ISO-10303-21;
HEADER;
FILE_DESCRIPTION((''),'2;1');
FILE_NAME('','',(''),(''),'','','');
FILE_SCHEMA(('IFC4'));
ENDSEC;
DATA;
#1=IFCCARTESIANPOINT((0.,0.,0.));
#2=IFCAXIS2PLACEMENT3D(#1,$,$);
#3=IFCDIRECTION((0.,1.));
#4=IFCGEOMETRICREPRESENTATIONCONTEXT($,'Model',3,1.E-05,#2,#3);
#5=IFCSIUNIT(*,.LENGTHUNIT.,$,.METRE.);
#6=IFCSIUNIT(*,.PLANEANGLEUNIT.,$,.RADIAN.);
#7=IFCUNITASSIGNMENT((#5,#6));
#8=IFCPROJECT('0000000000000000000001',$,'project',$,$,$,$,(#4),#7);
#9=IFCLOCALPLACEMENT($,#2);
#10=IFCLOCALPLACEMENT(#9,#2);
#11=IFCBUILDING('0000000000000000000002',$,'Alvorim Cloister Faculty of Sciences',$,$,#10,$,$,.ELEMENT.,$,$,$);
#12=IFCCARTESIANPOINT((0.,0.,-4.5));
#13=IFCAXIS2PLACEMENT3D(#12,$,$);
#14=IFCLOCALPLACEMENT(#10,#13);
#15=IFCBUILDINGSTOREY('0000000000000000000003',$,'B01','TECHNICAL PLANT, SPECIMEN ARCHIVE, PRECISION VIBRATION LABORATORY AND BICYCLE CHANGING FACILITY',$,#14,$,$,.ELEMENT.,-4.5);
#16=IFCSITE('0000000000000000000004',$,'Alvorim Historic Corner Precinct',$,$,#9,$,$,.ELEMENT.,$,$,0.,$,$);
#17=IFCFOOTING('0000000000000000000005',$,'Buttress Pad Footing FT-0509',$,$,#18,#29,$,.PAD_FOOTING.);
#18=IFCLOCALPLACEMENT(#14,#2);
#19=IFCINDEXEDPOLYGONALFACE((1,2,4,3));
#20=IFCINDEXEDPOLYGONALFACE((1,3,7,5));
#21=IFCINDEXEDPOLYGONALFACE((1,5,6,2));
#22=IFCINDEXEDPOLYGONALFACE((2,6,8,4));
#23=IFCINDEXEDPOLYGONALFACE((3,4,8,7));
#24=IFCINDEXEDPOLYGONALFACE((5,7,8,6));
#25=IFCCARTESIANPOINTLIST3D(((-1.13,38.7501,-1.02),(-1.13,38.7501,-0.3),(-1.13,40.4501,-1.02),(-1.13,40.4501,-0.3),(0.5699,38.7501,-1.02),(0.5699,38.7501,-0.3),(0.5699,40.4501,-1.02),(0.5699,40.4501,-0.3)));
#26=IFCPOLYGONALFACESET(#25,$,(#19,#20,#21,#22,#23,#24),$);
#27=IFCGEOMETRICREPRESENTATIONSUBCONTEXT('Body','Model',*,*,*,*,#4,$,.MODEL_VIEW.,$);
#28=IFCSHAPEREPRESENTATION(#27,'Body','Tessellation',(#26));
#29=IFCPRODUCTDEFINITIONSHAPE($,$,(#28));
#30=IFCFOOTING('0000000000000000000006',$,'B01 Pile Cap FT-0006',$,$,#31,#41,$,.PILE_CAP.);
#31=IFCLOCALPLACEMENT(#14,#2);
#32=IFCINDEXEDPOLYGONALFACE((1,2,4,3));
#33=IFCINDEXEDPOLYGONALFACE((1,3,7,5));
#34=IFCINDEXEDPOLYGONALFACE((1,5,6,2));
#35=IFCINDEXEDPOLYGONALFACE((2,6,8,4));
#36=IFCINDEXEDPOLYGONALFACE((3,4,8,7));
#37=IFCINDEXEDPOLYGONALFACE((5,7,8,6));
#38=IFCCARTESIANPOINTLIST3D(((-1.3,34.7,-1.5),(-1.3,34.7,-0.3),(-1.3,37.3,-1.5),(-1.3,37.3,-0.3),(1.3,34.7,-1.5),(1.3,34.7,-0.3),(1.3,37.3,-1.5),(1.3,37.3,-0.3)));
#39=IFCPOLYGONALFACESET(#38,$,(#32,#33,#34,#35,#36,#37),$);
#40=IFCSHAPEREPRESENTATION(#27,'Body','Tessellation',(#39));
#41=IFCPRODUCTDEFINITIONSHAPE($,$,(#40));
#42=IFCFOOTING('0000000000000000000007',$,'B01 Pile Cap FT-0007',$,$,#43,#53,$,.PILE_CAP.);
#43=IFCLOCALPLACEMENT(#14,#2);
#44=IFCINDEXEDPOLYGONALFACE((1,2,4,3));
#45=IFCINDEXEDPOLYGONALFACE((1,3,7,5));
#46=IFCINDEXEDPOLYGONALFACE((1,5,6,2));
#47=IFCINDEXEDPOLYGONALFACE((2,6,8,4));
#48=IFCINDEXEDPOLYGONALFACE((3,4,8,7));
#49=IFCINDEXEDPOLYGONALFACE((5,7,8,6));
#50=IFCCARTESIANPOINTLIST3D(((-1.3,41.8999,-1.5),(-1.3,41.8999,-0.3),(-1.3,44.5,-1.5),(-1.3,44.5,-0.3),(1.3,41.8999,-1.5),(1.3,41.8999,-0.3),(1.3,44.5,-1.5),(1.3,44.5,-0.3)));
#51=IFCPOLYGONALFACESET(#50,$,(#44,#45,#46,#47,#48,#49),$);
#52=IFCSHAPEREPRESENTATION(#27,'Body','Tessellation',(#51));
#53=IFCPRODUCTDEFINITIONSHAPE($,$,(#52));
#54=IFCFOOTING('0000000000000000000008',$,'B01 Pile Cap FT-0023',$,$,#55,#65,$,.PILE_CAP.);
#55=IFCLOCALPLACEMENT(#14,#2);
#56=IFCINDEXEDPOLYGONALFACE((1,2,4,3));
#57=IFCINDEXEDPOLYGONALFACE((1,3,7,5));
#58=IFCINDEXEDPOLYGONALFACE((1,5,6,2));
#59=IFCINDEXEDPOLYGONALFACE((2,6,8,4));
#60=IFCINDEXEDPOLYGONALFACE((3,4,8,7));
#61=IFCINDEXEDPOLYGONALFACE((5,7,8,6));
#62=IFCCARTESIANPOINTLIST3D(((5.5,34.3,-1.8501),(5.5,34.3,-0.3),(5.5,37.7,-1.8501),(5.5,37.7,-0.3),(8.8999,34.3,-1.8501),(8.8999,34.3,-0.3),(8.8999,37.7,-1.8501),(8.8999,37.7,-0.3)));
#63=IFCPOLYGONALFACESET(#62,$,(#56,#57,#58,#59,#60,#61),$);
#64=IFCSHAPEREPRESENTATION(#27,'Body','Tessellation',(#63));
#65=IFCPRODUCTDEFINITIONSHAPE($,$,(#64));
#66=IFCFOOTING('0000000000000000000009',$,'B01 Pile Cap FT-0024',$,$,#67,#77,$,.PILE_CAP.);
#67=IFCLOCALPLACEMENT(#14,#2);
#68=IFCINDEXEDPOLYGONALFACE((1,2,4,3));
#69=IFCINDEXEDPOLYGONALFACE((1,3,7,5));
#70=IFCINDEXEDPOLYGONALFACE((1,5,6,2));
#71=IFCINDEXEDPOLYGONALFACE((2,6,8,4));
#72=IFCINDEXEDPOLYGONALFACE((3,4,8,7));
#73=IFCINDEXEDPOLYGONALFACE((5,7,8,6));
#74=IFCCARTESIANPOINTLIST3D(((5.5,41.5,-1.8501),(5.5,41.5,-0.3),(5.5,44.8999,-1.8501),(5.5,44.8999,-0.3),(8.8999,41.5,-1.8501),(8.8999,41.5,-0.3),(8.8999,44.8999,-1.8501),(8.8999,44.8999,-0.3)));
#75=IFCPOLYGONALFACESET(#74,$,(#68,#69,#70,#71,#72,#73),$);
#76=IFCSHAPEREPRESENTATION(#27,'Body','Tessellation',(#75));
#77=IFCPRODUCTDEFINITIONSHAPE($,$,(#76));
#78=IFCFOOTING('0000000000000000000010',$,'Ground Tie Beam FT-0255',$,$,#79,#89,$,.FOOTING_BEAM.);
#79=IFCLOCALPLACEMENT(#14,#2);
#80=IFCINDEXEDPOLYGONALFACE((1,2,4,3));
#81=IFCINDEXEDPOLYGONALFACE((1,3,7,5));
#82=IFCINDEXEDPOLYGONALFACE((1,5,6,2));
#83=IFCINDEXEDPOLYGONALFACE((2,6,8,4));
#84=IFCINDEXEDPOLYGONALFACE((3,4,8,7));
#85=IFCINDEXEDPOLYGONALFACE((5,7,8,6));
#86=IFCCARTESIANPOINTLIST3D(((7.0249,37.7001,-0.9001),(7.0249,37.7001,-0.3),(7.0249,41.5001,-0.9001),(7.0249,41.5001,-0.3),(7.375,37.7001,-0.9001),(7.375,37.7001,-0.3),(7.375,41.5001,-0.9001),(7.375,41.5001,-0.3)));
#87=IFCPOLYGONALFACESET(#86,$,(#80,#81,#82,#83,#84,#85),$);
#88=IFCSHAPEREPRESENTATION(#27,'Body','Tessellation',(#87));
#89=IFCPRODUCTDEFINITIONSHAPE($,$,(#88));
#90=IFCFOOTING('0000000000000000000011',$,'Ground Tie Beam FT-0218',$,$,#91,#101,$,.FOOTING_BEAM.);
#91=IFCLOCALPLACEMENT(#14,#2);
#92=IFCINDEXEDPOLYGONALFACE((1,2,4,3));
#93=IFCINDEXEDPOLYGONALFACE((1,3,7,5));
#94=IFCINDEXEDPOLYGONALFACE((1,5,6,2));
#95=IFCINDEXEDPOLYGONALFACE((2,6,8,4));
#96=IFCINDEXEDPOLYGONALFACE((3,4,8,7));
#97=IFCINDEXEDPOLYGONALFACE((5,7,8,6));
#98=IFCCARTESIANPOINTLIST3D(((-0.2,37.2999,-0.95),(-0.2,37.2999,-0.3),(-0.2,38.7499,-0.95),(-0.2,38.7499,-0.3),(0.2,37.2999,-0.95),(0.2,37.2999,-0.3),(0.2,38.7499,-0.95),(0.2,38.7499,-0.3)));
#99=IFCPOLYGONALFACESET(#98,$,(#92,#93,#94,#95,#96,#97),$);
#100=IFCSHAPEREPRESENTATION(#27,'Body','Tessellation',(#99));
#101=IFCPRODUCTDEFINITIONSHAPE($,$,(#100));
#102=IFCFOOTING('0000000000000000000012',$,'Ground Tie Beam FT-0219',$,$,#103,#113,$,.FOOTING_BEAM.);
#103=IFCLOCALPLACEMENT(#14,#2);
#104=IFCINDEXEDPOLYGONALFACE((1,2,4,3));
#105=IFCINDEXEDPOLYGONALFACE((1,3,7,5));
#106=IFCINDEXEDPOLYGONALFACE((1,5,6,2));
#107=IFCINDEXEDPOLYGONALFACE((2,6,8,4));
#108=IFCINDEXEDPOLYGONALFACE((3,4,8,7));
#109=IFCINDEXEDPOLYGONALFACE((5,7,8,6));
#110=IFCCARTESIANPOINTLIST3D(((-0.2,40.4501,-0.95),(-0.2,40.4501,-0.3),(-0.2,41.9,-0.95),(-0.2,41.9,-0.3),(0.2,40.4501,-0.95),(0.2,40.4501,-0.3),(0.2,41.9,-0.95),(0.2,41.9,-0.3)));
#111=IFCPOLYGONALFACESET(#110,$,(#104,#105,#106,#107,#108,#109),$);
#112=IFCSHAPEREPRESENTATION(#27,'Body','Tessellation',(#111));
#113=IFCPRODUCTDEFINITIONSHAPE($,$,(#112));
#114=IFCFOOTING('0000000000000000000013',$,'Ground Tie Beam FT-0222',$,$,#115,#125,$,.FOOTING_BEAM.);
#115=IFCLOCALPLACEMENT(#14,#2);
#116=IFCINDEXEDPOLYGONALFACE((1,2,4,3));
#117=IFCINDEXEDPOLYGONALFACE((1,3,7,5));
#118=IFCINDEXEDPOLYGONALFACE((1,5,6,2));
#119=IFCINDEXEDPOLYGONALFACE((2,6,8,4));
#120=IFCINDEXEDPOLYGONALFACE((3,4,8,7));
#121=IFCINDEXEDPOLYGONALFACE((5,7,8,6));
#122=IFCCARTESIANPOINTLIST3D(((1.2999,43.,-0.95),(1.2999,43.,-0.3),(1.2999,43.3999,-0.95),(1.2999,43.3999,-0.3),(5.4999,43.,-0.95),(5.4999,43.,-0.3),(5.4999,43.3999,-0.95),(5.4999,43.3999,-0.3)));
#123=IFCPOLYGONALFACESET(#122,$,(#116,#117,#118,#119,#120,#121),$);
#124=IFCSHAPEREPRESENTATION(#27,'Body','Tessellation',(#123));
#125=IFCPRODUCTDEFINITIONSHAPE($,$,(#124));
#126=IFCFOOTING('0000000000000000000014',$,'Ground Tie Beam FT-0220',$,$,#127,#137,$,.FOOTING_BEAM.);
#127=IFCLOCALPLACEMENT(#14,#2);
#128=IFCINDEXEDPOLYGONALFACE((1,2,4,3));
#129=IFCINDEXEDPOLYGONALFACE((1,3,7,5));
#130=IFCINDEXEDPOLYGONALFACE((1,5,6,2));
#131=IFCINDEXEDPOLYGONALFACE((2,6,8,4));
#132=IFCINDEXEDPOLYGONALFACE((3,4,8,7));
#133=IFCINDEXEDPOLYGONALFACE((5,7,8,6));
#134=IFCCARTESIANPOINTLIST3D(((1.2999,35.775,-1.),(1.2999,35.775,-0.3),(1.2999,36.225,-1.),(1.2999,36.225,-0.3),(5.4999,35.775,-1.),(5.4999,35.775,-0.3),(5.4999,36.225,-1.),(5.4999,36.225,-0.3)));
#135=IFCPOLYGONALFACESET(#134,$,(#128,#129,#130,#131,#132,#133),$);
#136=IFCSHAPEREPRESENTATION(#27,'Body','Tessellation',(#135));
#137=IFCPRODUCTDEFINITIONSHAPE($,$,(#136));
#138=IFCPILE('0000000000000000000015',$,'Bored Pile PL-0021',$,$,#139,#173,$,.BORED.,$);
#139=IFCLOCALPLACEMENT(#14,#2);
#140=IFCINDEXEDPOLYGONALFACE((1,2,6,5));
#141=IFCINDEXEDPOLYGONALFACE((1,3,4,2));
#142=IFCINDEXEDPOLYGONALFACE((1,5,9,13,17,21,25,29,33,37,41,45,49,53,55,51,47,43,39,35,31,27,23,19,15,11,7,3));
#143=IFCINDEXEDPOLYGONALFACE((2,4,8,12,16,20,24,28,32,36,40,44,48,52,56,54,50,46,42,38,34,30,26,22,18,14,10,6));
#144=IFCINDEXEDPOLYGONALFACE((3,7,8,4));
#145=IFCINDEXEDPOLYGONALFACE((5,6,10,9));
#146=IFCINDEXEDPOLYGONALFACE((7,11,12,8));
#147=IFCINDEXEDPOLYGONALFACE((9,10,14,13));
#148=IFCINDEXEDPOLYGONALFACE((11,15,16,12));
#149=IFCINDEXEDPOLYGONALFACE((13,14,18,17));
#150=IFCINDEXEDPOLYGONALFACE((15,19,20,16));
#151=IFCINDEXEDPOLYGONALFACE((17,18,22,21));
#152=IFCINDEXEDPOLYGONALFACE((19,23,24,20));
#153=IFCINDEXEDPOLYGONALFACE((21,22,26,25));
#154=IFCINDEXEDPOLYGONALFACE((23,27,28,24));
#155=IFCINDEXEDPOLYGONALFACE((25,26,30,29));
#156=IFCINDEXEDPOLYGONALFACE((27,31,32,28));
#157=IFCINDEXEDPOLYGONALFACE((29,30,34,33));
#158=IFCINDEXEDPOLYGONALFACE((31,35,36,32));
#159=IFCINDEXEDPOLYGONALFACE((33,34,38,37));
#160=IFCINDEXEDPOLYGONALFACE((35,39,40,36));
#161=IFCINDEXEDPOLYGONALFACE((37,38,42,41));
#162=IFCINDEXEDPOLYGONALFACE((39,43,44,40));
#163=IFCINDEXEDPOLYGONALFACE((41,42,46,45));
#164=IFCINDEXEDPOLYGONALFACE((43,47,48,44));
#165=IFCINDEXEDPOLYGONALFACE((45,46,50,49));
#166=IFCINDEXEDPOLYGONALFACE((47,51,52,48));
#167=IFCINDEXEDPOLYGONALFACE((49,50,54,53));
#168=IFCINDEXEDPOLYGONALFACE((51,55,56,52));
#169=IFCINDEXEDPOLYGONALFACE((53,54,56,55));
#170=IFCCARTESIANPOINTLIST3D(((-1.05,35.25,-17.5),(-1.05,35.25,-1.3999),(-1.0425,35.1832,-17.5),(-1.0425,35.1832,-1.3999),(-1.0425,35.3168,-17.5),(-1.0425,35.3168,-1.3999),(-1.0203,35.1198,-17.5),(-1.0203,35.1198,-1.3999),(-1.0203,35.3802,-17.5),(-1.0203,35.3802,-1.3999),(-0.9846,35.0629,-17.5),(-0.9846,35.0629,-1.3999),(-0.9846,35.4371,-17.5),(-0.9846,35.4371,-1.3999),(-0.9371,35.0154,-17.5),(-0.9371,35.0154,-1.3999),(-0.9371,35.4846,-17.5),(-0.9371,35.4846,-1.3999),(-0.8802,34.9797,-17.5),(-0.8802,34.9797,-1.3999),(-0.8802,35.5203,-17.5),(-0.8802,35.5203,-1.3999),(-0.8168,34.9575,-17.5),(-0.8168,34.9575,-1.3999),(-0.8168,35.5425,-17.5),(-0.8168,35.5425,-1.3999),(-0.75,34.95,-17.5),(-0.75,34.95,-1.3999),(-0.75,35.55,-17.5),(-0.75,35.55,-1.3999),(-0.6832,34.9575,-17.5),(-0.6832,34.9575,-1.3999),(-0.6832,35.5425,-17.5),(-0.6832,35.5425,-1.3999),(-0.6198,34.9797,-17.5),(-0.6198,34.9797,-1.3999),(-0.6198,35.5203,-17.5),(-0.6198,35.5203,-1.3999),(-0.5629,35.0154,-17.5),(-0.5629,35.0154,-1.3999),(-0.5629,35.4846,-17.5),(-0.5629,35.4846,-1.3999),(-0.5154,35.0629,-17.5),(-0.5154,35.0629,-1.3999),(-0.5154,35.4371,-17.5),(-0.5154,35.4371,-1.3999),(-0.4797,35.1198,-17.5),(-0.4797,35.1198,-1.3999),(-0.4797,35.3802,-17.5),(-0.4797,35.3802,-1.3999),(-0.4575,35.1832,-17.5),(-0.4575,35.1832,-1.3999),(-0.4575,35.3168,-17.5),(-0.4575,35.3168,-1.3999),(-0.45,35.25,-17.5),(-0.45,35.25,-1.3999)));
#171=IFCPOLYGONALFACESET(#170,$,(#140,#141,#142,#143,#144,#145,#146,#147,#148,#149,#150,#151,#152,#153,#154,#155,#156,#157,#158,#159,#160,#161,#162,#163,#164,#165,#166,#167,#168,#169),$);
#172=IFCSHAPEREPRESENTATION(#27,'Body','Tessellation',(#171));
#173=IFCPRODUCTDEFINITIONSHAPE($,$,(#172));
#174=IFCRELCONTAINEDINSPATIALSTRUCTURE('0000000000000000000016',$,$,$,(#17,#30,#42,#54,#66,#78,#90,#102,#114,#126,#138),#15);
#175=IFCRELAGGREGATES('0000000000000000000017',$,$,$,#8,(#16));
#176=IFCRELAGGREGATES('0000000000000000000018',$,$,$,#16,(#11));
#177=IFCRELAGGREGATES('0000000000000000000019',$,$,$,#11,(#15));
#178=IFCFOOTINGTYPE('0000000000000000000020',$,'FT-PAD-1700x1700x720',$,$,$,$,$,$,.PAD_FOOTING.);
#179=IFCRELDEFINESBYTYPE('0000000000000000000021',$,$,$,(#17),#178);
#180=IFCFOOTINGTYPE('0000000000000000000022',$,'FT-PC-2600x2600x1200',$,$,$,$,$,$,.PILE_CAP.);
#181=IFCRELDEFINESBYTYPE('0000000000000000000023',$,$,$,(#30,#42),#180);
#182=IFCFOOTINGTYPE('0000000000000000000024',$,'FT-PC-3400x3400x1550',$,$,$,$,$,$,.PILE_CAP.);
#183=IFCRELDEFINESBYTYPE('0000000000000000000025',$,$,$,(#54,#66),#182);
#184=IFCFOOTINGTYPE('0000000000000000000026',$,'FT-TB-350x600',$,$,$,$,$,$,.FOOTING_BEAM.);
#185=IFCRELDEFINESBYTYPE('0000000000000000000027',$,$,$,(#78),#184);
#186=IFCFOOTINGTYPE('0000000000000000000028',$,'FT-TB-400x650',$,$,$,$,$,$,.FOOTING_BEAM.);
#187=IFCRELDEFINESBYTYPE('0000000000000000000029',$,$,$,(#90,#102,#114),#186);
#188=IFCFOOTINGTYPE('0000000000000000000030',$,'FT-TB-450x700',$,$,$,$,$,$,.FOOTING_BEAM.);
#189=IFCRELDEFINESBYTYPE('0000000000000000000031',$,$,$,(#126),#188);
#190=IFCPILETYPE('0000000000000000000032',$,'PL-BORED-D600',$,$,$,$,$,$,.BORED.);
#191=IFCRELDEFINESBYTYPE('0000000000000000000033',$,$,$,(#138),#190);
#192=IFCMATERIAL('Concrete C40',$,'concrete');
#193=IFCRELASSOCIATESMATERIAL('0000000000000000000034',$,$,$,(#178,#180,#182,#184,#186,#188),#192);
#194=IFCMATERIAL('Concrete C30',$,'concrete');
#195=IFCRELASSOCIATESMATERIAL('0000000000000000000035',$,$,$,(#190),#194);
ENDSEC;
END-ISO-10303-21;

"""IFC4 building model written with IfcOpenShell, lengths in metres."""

from ifc_helpers import new_model, si_unit, direction, frame, origin, origin_2d, place, context, subcontext, project, spatial, rectangle, circle, extrude, material, material_profile, profile_set, type_object, element, save


model = new_model("IFC4")

# Units and contexts
model_context = context("Model", 3, precision=1e-05, world=origin(), true_north=direction((0.0, 1.0)))
body_context = subcontext(model_context, "Body", "Model", "MODEL_VIEW")
ifc_project = project(units=[si_unit("LENGTHUNIT", "METRE"), si_unit("PLANEANGLEUNIT", "RADIAN")], contexts=[model_context])

# Site, building, storey
site_placement = place(None, origin())
site = spatial("IfcSite", under=ifc_project, at=site_placement, Name="Alvorim Historic Corner Precinct", CompositionType="ELEMENT", RefElevation=0.0)
building_placement = place(site_placement, origin())
building = spatial("IfcBuilding", under=site, at=building_placement, Name="Alvorim Cloister Faculty of Sciences", CompositionType="ELEMENT")
storey_placement = place(building_placement, frame((0.0, 0.0, -4.5)))
storey = spatial("IfcBuildingStorey", under=building, at=storey_placement, Name="B01", Description="TECHNICAL PLANT, SPECIMEN ARCHIVE, PRECISION VIBRATION LABORATORY AND BICYCLE CHANGING FACILITY", CompositionType="ELEMENT", Elevation=-4.5)

# Footings
ifc_material_1 = material(Name="Concrete C40", Category="concrete")
footing_type_1 = type_object("IfcFootingType", Name="FT-PAD-1700x1700x720", PredefinedType="PAD_FOOTING", material=ifc_material_1)
footing_1_placement = place(storey_placement, frame((-0.28, 39.6001, -1.02), z_axis=(0.0, 0.0, 1.0), x_axis=(1.0, 0.0, 0.0)))
element("IfcFooting", 1, at=footing_1_placement, inside=storey, type_object=footing_type_1, Name="Buttress Pad Footing FT-0509", PredefinedType="PAD_FOOTING", context=body_context, shape_type="SweptSolid", body=[
    extrude(rectangle(XDim=1.7, YDim=1.7, at=origin_2d()), origin(), (0.0, 0.0, 1.0), 0.72),
])
footing_type_2 = type_object("IfcFootingType", Name="FT-PC-2600x2600x1200", PredefinedType="PILE_CAP", material=ifc_material_1)
for number, where, z_axis, x_axis, name in (
    (2, (0.0, 36.0, -1.5), (0.0, 0.0, 1.0), (1.0, 0.0, 0.0), "B01 Pile Cap FT-0006"),
    (3, (0.0, 43.2, -1.5), (0.0, 0.0, 1.0), (1.0, 0.0, 0.0), "B01 Pile Cap FT-0007"),
):
    element("IfcFooting", number, at=place(storey_placement, frame(where, z_axis=z_axis, x_axis=x_axis)), inside=storey, type_object=footing_type_2, Name=name, PredefinedType="PILE_CAP", context=body_context, shape_type="SweptSolid", body=[
        extrude(rectangle(XDim=2.6001, YDim=2.6001, at=origin_2d()), origin(), (0.0, 0.0, 1.0), 1.2),
    ])
footing_type_3 = type_object("IfcFootingType", Name="FT-PC-3400x3400x1550", PredefinedType="PILE_CAP", material=ifc_material_1)
for number, where, z_axis, x_axis, name in (
    (4, (7.2, 36.0, -1.8501), (0.0, 0.0, 1.0), (1.0, 0.0, 0.0), "B01 Pile Cap FT-0023"),
    (5, (7.2, 43.2, -1.8501), (0.0, 0.0, 1.0), (1.0, 0.0, 0.0), "B01 Pile Cap FT-0024"),
):
    element("IfcFooting", number, at=place(storey_placement, frame(where, z_axis=z_axis, x_axis=x_axis)), inside=storey, type_object=footing_type_3, Name=name, PredefinedType="PILE_CAP", context=body_context, shape_type="SweptSolid", body=[
        extrude(rectangle(XDim=3.3999, YDim=3.3999, at=origin_2d()), origin(), (0.0, 0.0, 1.0), 1.55),
    ])
footing_type_4 = type_object("IfcFootingType", Name="FT-TB-350x600", PredefinedType="FOOTING_BEAM", material=ifc_material_1)
footing_2_placement = place(storey_placement, frame((7.2, 39.6001, -0.9001), z_axis=(0.0, 0.0, 1.0), x_axis=(1.0, 0.0, 0.0)))
element("IfcFooting", 6, at=footing_2_placement, inside=storey, type_object=footing_type_4, Name="Ground Tie Beam FT-0255", PredefinedType="FOOTING_BEAM", context=body_context, shape_type="SweptSolid", body=[
    extrude(rectangle(XDim=0.3501, YDim=3.8, at=origin_2d()), origin(), (0.0, 0.0, 1.0), 0.6001),
])
footing_type_5 = type_object("IfcFootingType", Name="FT-TB-400x650", PredefinedType="FOOTING_BEAM", material=ifc_material_1)
for number, where, z_axis, x_axis, name in (
    (7, (0.0, 38.0249, -0.95), (0.0, 0.0, 1.0), (1.0, 0.0, 0.0), "Ground Tie Beam FT-0218"),
    (8, (0.0, 41.175, -0.95), (0.0, 0.0, 1.0), (1.0, 0.0, 0.0), "Ground Tie Beam FT-0219"),
):
    element("IfcFooting", number, at=place(storey_placement, frame(where, z_axis=z_axis, x_axis=x_axis)), inside=storey, type_object=footing_type_5, Name=name, PredefinedType="FOOTING_BEAM", context=body_context, shape_type="SweptSolid", body=[
        extrude(rectangle(XDim=0.3999, YDim=1.45, at=origin_2d()), origin(), (0.0, 0.0, 1.0), 0.6499),
    ])
footing_3_placement = place(storey_placement, frame((3.3999, 43.2, -0.95), z_axis=(0.0, 0.0, 1.0), x_axis=(1.0, 0.0, 0.0)))
element("IfcFooting", 9, at=footing_3_placement, inside=storey, type_object=footing_type_5, Name="Ground Tie Beam FT-0222", PredefinedType="FOOTING_BEAM", context=body_context, shape_type="SweptSolid", body=[
    extrude(rectangle(XDim=4.2, YDim=0.3999, at=origin_2d()), origin(), (0.0, 0.0, 1.0), 0.6499),
])
footing_type_6 = type_object("IfcFootingType", Name="FT-TB-450x700", PredefinedType="FOOTING_BEAM", material=ifc_material_1)
footing_4_placement = place(storey_placement, frame((3.3999, 36.0, -1.0), z_axis=(0.0, 0.0, 1.0), x_axis=(1.0, 0.0, 0.0)))
element("IfcFooting", 10, at=footing_4_placement, inside=storey, type_object=footing_type_6, Name="Ground Tie Beam FT-0220", PredefinedType="FOOTING_BEAM", context=body_context, shape_type="SweptSolid", body=[
    extrude(rectangle(XDim=4.2, YDim=0.45, at=origin_2d()), origin(), (0.0, 0.0, 1.0), 0.7),
])

# Pile
ifc_material_2 = material(Name="Concrete C30", Category="concrete")
ifc_material_profile_1 = material_profile(ifc_material_2, circle(Radius=0.3, at=origin_2d()), Name="PILE-D600")
ifc_profile_set_1 = profile_set([ifc_material_profile_1], Name="Concrete C30")
pile_type_1 = type_object("IfcPileType", Name="PL-BORED-D600", PredefinedType="BORED", material=ifc_profile_set_1)
for number, where, z_axis, x_axis, name in (
    (11, (-0.75, 35.25, -1.3999), (0.0, 0.0, -1.0), (1.0, 0.0, 0.0), "Bored Pile PL-0021"),
):
    element("IfcPile", number, at=place(storey_placement, frame(where, z_axis=z_axis, x_axis=x_axis)), inside=storey, type_object=pile_type_1, Name=name, PredefinedType="BORED", context=body_context, shape_type="SweptSolid", body=[
        extrude(circle(Radius=0.3, at=origin_2d()), origin(), (0.0, 0.0, 1.0), 16.1001),
    ])

save(model, "model.ifc")
